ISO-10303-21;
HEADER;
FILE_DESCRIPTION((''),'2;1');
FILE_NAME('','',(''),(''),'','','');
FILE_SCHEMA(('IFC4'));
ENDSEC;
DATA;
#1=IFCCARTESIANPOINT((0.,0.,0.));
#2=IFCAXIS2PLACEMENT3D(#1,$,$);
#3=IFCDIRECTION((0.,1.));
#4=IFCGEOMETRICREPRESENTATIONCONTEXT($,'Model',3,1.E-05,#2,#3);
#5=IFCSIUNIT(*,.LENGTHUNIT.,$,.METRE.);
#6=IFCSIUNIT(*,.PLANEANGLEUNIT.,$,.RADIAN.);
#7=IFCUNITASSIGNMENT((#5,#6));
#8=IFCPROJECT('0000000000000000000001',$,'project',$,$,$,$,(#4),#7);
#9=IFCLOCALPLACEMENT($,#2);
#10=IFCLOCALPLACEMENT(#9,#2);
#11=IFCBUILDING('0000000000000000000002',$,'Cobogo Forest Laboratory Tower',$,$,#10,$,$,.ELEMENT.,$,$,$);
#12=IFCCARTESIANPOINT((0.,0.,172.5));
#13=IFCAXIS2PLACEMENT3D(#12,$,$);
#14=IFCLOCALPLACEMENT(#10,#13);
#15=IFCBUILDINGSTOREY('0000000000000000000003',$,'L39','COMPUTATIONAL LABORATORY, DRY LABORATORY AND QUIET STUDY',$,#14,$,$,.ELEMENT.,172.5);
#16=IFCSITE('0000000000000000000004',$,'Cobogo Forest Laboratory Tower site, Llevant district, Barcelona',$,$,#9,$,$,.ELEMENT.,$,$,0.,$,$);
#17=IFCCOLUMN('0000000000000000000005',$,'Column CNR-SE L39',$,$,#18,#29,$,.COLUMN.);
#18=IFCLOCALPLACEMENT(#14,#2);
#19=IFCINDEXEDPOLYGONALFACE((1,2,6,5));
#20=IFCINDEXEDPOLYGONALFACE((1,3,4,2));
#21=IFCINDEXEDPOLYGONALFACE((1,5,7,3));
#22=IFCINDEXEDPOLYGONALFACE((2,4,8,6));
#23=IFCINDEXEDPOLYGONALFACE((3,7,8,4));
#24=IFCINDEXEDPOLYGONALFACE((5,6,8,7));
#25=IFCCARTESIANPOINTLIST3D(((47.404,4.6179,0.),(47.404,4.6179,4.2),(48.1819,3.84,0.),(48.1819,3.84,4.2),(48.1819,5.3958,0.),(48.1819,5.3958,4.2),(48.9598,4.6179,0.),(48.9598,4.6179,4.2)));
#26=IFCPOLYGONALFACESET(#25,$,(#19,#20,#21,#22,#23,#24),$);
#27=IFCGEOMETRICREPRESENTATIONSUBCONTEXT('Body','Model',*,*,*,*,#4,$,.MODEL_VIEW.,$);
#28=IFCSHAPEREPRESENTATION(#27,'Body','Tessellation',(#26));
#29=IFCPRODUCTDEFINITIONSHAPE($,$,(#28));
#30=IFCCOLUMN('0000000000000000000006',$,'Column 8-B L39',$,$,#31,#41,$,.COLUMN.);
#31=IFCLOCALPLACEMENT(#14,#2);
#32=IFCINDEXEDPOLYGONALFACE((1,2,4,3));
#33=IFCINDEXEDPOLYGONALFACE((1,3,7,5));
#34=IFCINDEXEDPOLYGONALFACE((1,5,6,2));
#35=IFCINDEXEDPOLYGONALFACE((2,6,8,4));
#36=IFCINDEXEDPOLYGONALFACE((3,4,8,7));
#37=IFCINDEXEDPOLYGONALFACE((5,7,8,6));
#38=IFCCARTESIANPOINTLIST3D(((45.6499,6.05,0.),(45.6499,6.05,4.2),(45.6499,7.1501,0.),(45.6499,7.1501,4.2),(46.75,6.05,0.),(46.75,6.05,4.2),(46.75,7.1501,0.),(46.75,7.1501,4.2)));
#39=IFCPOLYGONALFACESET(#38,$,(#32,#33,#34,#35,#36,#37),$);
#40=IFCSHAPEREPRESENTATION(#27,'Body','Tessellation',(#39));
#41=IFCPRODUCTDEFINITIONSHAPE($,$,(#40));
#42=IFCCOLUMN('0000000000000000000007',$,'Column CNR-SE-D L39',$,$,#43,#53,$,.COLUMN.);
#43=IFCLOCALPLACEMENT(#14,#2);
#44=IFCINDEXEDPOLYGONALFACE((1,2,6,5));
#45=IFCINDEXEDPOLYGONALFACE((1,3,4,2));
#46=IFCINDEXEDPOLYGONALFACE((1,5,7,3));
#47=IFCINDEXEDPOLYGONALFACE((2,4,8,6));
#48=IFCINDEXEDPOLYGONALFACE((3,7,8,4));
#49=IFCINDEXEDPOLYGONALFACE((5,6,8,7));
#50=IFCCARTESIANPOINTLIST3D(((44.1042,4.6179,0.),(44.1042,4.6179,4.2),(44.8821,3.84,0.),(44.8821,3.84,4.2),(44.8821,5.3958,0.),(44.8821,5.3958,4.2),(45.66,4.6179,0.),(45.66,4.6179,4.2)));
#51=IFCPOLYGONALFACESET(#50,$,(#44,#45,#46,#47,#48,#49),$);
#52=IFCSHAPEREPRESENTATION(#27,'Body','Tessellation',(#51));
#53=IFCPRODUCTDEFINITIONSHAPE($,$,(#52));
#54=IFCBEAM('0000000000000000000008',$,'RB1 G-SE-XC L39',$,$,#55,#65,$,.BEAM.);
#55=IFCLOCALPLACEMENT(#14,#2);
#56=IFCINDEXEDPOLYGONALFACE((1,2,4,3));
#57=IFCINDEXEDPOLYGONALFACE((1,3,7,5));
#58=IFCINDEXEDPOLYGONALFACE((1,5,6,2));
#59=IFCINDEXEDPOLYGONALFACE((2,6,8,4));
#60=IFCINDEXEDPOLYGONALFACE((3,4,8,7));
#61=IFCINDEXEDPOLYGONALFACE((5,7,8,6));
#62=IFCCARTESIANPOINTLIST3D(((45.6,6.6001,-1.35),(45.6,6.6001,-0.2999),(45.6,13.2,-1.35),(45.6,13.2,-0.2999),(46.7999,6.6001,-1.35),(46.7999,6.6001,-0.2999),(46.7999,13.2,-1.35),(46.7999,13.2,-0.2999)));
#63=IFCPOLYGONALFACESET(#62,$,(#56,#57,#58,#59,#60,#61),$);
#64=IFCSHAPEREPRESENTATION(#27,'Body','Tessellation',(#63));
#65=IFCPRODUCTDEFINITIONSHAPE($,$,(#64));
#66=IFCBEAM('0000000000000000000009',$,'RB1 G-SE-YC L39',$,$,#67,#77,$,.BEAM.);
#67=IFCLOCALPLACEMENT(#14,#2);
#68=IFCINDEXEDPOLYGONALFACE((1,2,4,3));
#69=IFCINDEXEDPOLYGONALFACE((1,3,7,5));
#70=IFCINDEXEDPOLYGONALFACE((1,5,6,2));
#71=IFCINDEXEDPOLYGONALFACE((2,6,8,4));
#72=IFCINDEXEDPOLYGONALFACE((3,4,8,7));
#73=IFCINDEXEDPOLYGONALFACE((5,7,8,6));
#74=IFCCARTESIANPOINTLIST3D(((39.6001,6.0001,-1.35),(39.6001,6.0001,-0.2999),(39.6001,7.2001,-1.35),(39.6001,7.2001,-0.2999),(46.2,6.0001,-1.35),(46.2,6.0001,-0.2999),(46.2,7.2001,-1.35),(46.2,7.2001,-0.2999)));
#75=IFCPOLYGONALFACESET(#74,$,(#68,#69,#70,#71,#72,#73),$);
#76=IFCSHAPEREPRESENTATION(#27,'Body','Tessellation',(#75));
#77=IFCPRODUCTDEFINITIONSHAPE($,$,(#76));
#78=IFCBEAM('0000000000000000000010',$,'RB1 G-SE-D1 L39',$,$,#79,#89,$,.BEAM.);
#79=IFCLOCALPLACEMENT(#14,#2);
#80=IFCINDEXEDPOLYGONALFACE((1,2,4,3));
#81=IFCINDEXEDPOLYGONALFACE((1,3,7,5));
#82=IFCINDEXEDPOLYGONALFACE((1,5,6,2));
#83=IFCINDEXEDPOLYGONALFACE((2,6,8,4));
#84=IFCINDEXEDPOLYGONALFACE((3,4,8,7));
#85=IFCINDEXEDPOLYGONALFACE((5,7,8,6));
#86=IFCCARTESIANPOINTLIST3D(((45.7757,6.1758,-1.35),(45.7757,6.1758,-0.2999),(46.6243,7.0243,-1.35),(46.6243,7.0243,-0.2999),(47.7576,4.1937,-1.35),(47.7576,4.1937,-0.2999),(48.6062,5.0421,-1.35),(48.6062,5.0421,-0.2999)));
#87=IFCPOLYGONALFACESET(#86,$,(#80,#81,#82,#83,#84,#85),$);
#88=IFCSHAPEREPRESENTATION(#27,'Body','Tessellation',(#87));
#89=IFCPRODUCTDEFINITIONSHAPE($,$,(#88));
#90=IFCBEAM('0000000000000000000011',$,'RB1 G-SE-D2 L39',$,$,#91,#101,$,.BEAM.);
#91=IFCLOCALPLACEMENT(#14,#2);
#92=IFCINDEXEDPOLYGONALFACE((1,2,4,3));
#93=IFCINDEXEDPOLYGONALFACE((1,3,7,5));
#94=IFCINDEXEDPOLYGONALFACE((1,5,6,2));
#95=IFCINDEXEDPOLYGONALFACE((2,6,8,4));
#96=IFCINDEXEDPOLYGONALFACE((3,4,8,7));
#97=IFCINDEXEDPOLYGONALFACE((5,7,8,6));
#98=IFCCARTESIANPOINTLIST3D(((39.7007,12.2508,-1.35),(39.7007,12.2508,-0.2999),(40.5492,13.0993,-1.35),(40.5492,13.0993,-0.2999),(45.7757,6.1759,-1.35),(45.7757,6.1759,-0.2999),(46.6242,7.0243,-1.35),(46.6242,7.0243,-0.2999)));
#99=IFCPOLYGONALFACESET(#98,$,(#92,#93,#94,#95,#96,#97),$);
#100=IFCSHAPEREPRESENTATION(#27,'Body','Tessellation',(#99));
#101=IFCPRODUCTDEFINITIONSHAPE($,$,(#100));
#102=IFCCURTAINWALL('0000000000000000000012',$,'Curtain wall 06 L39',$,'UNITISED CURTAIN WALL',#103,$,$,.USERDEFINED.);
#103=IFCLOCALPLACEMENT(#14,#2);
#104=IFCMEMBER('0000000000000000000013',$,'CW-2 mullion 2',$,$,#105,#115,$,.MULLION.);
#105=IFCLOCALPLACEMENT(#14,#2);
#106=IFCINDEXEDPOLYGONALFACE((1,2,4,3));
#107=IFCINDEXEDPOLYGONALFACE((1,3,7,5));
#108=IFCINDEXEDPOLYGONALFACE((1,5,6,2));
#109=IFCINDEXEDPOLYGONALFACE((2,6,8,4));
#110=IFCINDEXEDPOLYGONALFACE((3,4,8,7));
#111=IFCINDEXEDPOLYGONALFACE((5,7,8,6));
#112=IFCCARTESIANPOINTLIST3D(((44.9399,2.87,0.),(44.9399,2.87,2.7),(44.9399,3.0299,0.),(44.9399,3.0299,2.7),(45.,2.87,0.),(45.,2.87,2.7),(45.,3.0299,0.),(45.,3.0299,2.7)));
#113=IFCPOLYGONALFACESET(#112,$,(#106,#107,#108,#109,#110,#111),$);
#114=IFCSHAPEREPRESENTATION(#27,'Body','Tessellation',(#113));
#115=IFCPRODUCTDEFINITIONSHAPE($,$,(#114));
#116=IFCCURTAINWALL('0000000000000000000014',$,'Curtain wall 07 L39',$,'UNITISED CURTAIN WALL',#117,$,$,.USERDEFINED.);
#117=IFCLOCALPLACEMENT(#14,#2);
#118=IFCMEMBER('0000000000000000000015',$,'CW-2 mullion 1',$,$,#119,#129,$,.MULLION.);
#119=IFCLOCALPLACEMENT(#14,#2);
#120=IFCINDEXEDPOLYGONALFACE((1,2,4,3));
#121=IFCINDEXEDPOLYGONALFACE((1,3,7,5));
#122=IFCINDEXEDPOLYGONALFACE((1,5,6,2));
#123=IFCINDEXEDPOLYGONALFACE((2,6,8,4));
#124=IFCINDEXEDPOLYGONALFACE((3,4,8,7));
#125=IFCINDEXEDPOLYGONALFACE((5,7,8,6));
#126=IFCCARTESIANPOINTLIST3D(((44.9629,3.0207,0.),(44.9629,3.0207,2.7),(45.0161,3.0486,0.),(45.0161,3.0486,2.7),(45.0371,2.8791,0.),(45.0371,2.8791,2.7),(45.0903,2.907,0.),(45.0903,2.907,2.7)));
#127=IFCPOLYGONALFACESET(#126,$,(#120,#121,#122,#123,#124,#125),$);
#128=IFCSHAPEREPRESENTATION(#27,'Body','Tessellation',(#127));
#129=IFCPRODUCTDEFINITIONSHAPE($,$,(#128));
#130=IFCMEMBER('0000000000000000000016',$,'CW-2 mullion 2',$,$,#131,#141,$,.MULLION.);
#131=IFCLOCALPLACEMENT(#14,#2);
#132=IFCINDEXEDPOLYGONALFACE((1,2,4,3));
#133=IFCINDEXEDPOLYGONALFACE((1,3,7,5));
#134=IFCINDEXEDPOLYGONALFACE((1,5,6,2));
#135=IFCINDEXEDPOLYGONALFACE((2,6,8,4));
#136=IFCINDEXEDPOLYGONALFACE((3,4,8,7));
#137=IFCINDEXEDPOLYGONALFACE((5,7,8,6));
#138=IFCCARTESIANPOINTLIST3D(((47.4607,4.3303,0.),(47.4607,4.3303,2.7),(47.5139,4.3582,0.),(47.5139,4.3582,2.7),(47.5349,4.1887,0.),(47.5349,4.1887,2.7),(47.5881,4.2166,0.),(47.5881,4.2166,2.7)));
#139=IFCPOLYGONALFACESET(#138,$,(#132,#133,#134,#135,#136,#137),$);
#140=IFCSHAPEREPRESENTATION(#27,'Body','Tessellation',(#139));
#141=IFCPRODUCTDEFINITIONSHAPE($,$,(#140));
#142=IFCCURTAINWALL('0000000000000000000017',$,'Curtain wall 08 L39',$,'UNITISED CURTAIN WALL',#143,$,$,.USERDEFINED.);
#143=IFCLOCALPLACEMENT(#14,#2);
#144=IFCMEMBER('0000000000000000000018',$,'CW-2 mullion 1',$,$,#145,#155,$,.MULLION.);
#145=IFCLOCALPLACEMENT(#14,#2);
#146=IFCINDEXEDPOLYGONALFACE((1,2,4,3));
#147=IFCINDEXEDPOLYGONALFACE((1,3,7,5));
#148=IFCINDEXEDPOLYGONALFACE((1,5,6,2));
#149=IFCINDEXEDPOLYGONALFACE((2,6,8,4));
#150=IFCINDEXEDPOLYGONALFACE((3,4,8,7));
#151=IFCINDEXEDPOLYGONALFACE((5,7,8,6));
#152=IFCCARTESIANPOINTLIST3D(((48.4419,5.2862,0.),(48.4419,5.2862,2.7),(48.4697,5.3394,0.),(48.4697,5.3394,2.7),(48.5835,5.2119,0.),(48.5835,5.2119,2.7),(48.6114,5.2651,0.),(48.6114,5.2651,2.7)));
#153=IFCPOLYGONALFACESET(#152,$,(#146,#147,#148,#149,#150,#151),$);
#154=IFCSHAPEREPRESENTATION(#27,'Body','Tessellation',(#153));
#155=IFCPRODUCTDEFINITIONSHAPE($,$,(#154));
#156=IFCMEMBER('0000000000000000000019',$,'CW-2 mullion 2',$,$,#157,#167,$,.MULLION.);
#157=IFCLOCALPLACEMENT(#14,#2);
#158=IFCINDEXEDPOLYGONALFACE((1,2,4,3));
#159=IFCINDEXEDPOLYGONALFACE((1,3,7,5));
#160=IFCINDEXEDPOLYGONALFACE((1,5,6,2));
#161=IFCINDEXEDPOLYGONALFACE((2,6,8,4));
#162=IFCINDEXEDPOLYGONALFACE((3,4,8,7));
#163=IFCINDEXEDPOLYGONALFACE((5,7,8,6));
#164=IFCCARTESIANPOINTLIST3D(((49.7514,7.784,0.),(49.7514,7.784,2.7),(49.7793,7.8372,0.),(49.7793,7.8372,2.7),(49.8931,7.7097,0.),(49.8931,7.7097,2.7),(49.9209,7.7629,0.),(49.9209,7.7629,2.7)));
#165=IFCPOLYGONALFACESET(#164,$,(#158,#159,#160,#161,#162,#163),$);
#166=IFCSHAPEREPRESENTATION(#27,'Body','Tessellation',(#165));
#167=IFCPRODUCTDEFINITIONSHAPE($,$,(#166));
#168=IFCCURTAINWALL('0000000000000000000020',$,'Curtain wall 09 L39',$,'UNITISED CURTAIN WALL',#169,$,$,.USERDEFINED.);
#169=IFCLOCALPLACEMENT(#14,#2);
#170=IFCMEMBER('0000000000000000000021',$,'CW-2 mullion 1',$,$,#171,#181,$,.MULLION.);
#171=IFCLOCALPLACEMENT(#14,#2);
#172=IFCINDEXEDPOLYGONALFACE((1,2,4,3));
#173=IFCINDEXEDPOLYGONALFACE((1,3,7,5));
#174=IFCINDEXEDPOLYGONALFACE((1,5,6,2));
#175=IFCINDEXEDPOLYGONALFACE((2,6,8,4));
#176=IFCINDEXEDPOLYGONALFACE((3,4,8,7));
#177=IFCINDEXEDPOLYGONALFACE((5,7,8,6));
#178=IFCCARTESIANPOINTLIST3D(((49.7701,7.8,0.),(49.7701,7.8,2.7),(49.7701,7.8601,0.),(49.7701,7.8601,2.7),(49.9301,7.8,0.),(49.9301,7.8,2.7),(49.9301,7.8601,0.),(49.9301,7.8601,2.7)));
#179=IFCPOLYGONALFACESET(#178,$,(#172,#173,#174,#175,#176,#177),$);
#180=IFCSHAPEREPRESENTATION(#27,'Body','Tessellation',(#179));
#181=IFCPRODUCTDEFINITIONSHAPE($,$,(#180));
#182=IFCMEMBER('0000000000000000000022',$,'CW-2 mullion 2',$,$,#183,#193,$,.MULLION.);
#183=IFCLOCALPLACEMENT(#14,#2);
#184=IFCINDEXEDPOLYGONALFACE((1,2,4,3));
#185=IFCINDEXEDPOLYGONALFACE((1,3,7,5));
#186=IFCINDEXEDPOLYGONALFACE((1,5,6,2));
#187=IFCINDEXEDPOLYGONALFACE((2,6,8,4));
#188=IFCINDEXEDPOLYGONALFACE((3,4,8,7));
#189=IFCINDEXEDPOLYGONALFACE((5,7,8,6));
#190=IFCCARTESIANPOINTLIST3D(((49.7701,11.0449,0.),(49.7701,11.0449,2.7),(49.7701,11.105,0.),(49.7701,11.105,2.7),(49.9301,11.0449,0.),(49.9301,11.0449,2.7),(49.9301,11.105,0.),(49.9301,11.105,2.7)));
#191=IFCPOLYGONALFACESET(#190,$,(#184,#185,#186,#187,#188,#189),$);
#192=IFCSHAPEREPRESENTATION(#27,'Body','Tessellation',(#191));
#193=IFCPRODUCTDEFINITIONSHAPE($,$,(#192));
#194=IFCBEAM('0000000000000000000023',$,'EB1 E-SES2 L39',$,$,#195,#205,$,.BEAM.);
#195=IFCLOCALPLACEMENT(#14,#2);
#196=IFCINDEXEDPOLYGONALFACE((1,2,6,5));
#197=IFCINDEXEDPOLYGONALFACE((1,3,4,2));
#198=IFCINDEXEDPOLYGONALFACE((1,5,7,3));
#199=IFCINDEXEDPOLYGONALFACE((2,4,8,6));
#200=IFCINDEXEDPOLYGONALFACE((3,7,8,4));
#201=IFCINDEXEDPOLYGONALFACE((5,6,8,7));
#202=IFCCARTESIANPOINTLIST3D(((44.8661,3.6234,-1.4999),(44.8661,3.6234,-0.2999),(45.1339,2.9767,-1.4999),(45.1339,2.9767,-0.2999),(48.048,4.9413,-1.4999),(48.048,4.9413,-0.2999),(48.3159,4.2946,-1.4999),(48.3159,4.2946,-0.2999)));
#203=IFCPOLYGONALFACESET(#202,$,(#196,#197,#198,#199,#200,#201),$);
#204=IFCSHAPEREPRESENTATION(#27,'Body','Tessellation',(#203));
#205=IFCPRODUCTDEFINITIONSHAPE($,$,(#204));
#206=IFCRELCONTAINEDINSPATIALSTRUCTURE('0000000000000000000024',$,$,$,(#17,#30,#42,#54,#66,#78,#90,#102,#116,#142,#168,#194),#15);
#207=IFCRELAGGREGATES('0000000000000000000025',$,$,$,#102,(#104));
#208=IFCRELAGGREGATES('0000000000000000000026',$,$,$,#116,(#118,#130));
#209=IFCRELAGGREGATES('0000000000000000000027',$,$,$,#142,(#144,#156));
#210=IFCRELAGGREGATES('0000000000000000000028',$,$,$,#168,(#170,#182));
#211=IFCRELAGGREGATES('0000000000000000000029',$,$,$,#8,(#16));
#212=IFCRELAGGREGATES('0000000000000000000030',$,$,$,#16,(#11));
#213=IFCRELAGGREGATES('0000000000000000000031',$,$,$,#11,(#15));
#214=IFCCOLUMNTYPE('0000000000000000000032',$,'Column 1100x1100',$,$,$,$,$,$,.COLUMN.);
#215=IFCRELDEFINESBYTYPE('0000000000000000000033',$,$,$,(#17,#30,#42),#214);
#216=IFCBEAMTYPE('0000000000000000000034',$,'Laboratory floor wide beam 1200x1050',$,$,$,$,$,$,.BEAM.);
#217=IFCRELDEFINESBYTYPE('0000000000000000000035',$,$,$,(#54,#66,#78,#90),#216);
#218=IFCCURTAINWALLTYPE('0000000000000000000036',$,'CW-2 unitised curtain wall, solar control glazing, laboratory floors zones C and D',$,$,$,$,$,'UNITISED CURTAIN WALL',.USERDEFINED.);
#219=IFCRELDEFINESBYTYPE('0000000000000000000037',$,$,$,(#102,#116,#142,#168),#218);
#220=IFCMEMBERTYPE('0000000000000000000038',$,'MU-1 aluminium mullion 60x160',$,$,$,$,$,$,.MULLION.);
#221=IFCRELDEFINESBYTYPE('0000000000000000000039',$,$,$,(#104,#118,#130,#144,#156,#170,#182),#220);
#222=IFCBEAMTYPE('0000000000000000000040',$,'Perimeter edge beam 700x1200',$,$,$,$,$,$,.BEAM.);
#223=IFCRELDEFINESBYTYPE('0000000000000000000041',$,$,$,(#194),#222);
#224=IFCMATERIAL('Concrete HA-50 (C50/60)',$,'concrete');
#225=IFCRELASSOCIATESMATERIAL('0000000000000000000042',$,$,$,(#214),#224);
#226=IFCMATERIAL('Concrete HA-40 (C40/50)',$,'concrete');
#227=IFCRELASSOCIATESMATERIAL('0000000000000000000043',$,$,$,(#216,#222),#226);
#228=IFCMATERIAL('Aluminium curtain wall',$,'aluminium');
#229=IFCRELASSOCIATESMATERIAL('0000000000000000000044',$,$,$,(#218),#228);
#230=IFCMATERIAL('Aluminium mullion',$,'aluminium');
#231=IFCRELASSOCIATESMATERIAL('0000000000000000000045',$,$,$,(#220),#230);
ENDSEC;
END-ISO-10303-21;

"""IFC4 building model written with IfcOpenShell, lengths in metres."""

from ifc_helpers import new_model, si_unit, direction, frame, origin, origin_2d, place, context, subcontext, project, spatial, rectangle, extrude, material, material_profile, profile_set, type_object, element, aggregate, save


model = new_model("IFC4")

# Units and contexts
model_context = context("Model", 3, precision=1e-05, world=origin(), true_north=direction((0.0, 1.0)))
body_context = subcontext(model_context, "Body", "Model", "MODEL_VIEW")
ifc_project = project(units=[si_unit("LENGTHUNIT", "METRE"), si_unit("PLANEANGLEUNIT", "RADIAN")], contexts=[model_context])

# Site, building, storey
site_placement = place(None, origin())
site = spatial("IfcSite", under=ifc_project, at=site_placement, Name="Cobogo Forest Laboratory Tower site, Llevant district, Barcelona", CompositionType="ELEMENT", RefElevation=0.0)
building_placement = place(site_placement, origin())
building = spatial("IfcBuilding", under=site, at=building_placement, Name="Cobogo Forest Laboratory Tower", CompositionType="ELEMENT")
storey_placement = place(building_placement, frame((0.0, 0.0, 172.5)))
storey = spatial("IfcBuildingStorey", under=building, at=storey_placement, Name="L39", Description="COMPUTATIONAL LABORATORY, DRY LABORATORY AND QUIET STUDY", CompositionType="ELEMENT", Elevation=172.5)

# Columns
ifc_material_1 = material(Name="Concrete HA-50 (C50/60)", Category="concrete")
ifc_material_profile_1 = material_profile(ifc_material_1, rectangle(XDim=1.1001, YDim=1.1001, at=origin_2d()), Name="RC 1100x1100")
ifc_profile_set_1 = profile_set([ifc_material_profile_1], Name="Concrete HA-50 (C50/60)")
column_type = type_object("IfcColumnType", Name="Column 1100x1100", PredefinedType="COLUMN", material=ifc_profile_set_1)
for number, where, z_axis, x_axis, name in (
    (1, (48.1819, 4.6179, 0.0), (0.0, 0.0, 1.0), (0.707107, 0.707107, 0.0), "Column CNR-SE L39"),
    (2, (46.2, 6.6001, 0.0), (0.0, 0.0, 1.0), (1.0, 0.0, 0.0), "Column 8-B L39"),
    (3, (44.8821, 4.6179, 0.0), (0.0, 0.0, 1.0), (0.707107, 0.707107, 0.0), "Column CNR-SE-D L39"),
):
    element("IfcColumn", number, at=place(storey_placement, frame(where, z_axis=z_axis, x_axis=x_axis)), inside=storey, type_object=column_type, Name=name, PredefinedType="COLUMN", context=body_context, shape_type="SweptSolid", body=[
        extrude(rectangle(XDim=1.1001, YDim=1.1001, at=origin_2d()), origin(), (0.0, 0.0, 1.0), 4.2),
    ])

# Beams
ifc_material_2 = material(Name="Concrete HA-40 (C40/50)", Category="concrete")
ifc_material_profile_2 = material_profile(ifc_material_2, rectangle(XDim=1.2, YDim=1.05, at=origin_2d()), Name="RC 1200x1050")
ifc_profile_set_2 = profile_set([ifc_material_profile_2], Name="Concrete HA-40 (C40/50)")
beam_type_1 = type_object("IfcBeamType", Name="Laboratory floor wide beam 1200x1050", PredefinedType="BEAM", material=ifc_profile_set_2)
for number, where, z_axis, x_axis, name in (
    (4, (46.2, 6.6001, -0.825), (0.0, 1.0, 0.0), (-1.0, 0.0, 0.0), "RB1 G-SE-XC L39"),
    (5, (46.2, 6.6001, -0.825), (-1.0, 0.0, 0.0), (0.0, -1.0, 0.0), "RB1 G-SE-YC L39"),
):
    element("IfcBeam", number, at=place(storey_placement, frame(where, z_axis=z_axis, x_axis=x_axis)), inside=storey, type_object=beam_type_1, Name=name, PredefinedType="BEAM", context=body_context, shape_type="SweptSolid", body=[
        extrude(rectangle(XDim=1.2, YDim=1.05, at=origin_2d()), origin(), (0.0, 0.0, 1.0), 6.5999),
    ])
beam_1_placement = place(storey_placement, frame((48.1819, 4.6179, -0.825), z_axis=(-0.707063, 0.70715, 0.0), x_axis=(-0.70715, -0.707063, 0.0)))
element("IfcBeam", 6, at=beam_1_placement, inside=storey, type_object=beam_type_1, Name="RB1 G-SE-D1 L39", PredefinedType="BEAM", context=body_context, shape_type="SweptSolid", body=[
    extrude(rectangle(XDim=1.2, YDim=1.05, at=origin_2d()), origin(), (0.0, 0.0, 1.0), 2.803),
])
beam_2_placement = place(storey_placement, frame((46.2, 6.6001, -0.825), z_axis=(-0.707107, 0.707107, 0.0), x_axis=(-0.707107, -0.707107, 0.0)))
element("IfcBeam", 7, at=beam_2_placement, inside=storey, type_object=beam_type_1, Name="RB1 G-SE-D2 L39", PredefinedType="BEAM", context=body_context, shape_type="SweptSolid", body=[
    extrude(rectangle(XDim=1.2, YDim=1.05, at=origin_2d()), origin(), (0.0, 0.0, 1.0), 8.5913),
])

# Curtain wall, member
ifc_material_3 = material(Name="Aluminium curtain wall", Category="aluminium")
curtain_wall_type = type_object("IfcCurtainWallType", Name="CW-2 unitised curtain wall, solar control glazing, laboratory floors zones C and D", ElementType="UNITISED CURTAIN WALL", PredefinedType="USERDEFINED", material=ifc_material_3)
curtain_wall_1_placement = place(storey_placement, origin())
curtain_wall_1 = element("IfcCurtainWall", 8, at=curtain_wall_1_placement, inside=storey, type_object=curtain_wall_type, Name="Curtain wall 06 L39", ObjectType="UNITISED CURTAIN WALL", PredefinedType="USERDEFINED")
ifc_material_4 = material(Name="Aluminium mullion", Category="aluminium")
ifc_material_profile_3 = material_profile(ifc_material_4, rectangle(XDim=0.0601, YDim=0.1599, at=origin_2d()), Name="AL 60x160")
ifc_profile_set_3 = profile_set([ifc_material_profile_3], Name="Aluminium mullion")
member_type_1 = type_object("IfcMemberType", Name="MU-1 aluminium mullion 60x160", PredefinedType="MULLION", material=ifc_profile_set_3)
member_1_placement = place(storey_placement, frame((44.97, 2.95, 0.0), z_axis=(0.0, 0.0, 1.0), x_axis=(1.0, 0.0, 0.0)))
member_1 = element("IfcMember", 9, at=member_1_placement, type_object=member_type_1, Name="CW-2 mullion 2", PredefinedType="MULLION", context=body_context, shape_type="SweptSolid", body=[
    extrude(rectangle(XDim=0.0601, YDim=0.1599, at=origin_2d()), origin(), (0.0, 0.0, 1.0), 2.7),
])
aggregate(curtain_wall_1, [member_1])

# Curtain walls, members
curtain_wall_2_placement = place(storey_placement, origin())
curtain_wall_2 = element("IfcCurtainWall", 10, at=curtain_wall_2_placement, inside=storey, type_object=curtain_wall_type, Name="Curtain wall 07 L39", ObjectType="UNITISED CURTAIN WALL", PredefinedType="USERDEFINED")
member_2_placement = place(storey_placement, frame((45.0266, 2.9639, 0.0), z_axis=(0.0, 0.0, 1.0), x_axis=(0.885686, 0.464284, 0.0)))
member_2 = element("IfcMember", 11, at=member_2_placement, type_object=member_type_1, Name="CW-2 mullion 1", PredefinedType="MULLION", context=body_context, shape_type="SweptSolid", body=[
    extrude(rectangle(XDim=0.0601, YDim=0.1599, at=origin_2d()), origin(), (0.0, 0.0, 1.0), 2.7),
])
member_3_placement = place(storey_placement, frame((47.5244, 4.2734, 0.0), z_axis=(0.0, 0.0, 1.0), x_axis=(0.885686, 0.464284, 0.0)))
member_3 = element("IfcMember", 12, at=member_3_placement, type_object=member_type_1, Name="CW-2 mullion 2", PredefinedType="MULLION", context=body_context, shape_type="SweptSolid", body=[
    extrude(rectangle(XDim=0.0601, YDim=0.1599, at=origin_2d()), origin(), (0.0, 0.0, 1.0), 2.7),
])
curtain_wall_3_placement = place(storey_placement, origin())
curtain_wall_3 = element("IfcCurtainWall", 13, at=curtain_wall_3_placement, inside=storey, type_object=curtain_wall_type, Name="Curtain wall 08 L39", ObjectType="UNITISED CURTAIN WALL", PredefinedType="USERDEFINED")
member_4_placement = place(storey_placement, frame((48.5266, 5.2756, 0.0), z_axis=(0.0, 0.0, 1.0), x_axis=(0.464284, 0.885686, 0.0)))
member_4 = element("IfcMember", 14, at=member_4_placement, type_object=member_type_1, Name="CW-2 mullion 1", PredefinedType="MULLION", context=body_context, shape_type="SweptSolid", body=[
    extrude(rectangle(XDim=0.0601, YDim=0.1599, at=origin_2d()), origin(), (0.0, 0.0, 1.0), 2.7),
])
member_5_placement = place(storey_placement, frame((49.8362, 7.7734, 0.0), z_axis=(0.0, 0.0, 1.0), x_axis=(0.464284, 0.885686, 0.0)))
member_5 = element("IfcMember", 15, at=member_5_placement, type_object=member_type_1, Name="CW-2 mullion 2", PredefinedType="MULLION", context=body_context, shape_type="SweptSolid", body=[
    extrude(rectangle(XDim=0.0601, YDim=0.1599, at=origin_2d()), origin(), (0.0, 0.0, 1.0), 2.7),
])
curtain_wall_4_placement = place(storey_placement, origin())
curtain_wall_4 = element("IfcCurtainWall", 16, at=curtain_wall_4_placement, inside=storey, type_object=curtain_wall_type, Name="Curtain wall 09 L39", ObjectType="UNITISED CURTAIN WALL", PredefinedType="USERDEFINED")
member_6_placement = place(storey_placement, frame((49.8501, 7.8301, 0.0), z_axis=(0.0, 0.0, 1.0), x_axis=(0.0, 1.0, 0.0)))
member_6 = element("IfcMember", 17, at=member_6_placement, type_object=member_type_1, Name="CW-2 mullion 1", PredefinedType="MULLION", context=body_context, shape_type="SweptSolid", body=[
    extrude(rectangle(XDim=0.0601, YDim=0.1599, at=origin_2d()), origin(), (0.0, 0.0, 1.0), 2.7),
])
member_7_placement = place(storey_placement, frame((49.8501, 11.075, 0.0), z_axis=(0.0, 0.0, 1.0), x_axis=(0.0, 1.0, 0.0)))
member_7 = element("IfcMember", 18, at=member_7_placement, type_object=member_type_1, Name="CW-2 mullion 2", PredefinedType="MULLION", context=body_context, shape_type="SweptSolid", body=[
    extrude(rectangle(XDim=0.0601, YDim=0.1599, at=origin_2d()), origin(), (0.0, 0.0, 1.0), 2.7),
])

# Beam
ifc_material_profile_4 = material_profile(ifc_material_2, rectangle(XDim=0.7, YDim=1.2, at=origin_2d()), Name="RC 700x1200")
ifc_profile_set_4 = profile_set([ifc_material_profile_4], Name="Concrete HA-40 (C40/50)")
beam_type_2 = type_object("IfcBeamType", Name="Perimeter edge beam 700x1200", PredefinedType="BEAM", material=ifc_profile_set_4)
beam_3_placement = place(storey_placement, frame((45.0, 3.3, -0.8999), z_axis=(0.923891, 0.382656, 0.0), x_axis=(-0.382656, 0.923891, 0.0)))
element("IfcBeam", 19, at=beam_3_placement, inside=storey, type_object=beam_type_2, Name="EB1 E-SES2 L39", PredefinedType="BEAM", context=body_context, shape_type="SweptSolid", body=[
    extrude(rectangle(XDim=0.7, YDim=1.2, at=origin_2d()), origin(), (0.0, 0.0, 1.0), 3.4441),
])

aggregate(curtain_wall_2, [member_2, member_3])
aggregate(curtain_wall_3, [member_4, member_5])
aggregate(curtain_wall_4, [member_6, member_7])

save(model, "model.ifc")
